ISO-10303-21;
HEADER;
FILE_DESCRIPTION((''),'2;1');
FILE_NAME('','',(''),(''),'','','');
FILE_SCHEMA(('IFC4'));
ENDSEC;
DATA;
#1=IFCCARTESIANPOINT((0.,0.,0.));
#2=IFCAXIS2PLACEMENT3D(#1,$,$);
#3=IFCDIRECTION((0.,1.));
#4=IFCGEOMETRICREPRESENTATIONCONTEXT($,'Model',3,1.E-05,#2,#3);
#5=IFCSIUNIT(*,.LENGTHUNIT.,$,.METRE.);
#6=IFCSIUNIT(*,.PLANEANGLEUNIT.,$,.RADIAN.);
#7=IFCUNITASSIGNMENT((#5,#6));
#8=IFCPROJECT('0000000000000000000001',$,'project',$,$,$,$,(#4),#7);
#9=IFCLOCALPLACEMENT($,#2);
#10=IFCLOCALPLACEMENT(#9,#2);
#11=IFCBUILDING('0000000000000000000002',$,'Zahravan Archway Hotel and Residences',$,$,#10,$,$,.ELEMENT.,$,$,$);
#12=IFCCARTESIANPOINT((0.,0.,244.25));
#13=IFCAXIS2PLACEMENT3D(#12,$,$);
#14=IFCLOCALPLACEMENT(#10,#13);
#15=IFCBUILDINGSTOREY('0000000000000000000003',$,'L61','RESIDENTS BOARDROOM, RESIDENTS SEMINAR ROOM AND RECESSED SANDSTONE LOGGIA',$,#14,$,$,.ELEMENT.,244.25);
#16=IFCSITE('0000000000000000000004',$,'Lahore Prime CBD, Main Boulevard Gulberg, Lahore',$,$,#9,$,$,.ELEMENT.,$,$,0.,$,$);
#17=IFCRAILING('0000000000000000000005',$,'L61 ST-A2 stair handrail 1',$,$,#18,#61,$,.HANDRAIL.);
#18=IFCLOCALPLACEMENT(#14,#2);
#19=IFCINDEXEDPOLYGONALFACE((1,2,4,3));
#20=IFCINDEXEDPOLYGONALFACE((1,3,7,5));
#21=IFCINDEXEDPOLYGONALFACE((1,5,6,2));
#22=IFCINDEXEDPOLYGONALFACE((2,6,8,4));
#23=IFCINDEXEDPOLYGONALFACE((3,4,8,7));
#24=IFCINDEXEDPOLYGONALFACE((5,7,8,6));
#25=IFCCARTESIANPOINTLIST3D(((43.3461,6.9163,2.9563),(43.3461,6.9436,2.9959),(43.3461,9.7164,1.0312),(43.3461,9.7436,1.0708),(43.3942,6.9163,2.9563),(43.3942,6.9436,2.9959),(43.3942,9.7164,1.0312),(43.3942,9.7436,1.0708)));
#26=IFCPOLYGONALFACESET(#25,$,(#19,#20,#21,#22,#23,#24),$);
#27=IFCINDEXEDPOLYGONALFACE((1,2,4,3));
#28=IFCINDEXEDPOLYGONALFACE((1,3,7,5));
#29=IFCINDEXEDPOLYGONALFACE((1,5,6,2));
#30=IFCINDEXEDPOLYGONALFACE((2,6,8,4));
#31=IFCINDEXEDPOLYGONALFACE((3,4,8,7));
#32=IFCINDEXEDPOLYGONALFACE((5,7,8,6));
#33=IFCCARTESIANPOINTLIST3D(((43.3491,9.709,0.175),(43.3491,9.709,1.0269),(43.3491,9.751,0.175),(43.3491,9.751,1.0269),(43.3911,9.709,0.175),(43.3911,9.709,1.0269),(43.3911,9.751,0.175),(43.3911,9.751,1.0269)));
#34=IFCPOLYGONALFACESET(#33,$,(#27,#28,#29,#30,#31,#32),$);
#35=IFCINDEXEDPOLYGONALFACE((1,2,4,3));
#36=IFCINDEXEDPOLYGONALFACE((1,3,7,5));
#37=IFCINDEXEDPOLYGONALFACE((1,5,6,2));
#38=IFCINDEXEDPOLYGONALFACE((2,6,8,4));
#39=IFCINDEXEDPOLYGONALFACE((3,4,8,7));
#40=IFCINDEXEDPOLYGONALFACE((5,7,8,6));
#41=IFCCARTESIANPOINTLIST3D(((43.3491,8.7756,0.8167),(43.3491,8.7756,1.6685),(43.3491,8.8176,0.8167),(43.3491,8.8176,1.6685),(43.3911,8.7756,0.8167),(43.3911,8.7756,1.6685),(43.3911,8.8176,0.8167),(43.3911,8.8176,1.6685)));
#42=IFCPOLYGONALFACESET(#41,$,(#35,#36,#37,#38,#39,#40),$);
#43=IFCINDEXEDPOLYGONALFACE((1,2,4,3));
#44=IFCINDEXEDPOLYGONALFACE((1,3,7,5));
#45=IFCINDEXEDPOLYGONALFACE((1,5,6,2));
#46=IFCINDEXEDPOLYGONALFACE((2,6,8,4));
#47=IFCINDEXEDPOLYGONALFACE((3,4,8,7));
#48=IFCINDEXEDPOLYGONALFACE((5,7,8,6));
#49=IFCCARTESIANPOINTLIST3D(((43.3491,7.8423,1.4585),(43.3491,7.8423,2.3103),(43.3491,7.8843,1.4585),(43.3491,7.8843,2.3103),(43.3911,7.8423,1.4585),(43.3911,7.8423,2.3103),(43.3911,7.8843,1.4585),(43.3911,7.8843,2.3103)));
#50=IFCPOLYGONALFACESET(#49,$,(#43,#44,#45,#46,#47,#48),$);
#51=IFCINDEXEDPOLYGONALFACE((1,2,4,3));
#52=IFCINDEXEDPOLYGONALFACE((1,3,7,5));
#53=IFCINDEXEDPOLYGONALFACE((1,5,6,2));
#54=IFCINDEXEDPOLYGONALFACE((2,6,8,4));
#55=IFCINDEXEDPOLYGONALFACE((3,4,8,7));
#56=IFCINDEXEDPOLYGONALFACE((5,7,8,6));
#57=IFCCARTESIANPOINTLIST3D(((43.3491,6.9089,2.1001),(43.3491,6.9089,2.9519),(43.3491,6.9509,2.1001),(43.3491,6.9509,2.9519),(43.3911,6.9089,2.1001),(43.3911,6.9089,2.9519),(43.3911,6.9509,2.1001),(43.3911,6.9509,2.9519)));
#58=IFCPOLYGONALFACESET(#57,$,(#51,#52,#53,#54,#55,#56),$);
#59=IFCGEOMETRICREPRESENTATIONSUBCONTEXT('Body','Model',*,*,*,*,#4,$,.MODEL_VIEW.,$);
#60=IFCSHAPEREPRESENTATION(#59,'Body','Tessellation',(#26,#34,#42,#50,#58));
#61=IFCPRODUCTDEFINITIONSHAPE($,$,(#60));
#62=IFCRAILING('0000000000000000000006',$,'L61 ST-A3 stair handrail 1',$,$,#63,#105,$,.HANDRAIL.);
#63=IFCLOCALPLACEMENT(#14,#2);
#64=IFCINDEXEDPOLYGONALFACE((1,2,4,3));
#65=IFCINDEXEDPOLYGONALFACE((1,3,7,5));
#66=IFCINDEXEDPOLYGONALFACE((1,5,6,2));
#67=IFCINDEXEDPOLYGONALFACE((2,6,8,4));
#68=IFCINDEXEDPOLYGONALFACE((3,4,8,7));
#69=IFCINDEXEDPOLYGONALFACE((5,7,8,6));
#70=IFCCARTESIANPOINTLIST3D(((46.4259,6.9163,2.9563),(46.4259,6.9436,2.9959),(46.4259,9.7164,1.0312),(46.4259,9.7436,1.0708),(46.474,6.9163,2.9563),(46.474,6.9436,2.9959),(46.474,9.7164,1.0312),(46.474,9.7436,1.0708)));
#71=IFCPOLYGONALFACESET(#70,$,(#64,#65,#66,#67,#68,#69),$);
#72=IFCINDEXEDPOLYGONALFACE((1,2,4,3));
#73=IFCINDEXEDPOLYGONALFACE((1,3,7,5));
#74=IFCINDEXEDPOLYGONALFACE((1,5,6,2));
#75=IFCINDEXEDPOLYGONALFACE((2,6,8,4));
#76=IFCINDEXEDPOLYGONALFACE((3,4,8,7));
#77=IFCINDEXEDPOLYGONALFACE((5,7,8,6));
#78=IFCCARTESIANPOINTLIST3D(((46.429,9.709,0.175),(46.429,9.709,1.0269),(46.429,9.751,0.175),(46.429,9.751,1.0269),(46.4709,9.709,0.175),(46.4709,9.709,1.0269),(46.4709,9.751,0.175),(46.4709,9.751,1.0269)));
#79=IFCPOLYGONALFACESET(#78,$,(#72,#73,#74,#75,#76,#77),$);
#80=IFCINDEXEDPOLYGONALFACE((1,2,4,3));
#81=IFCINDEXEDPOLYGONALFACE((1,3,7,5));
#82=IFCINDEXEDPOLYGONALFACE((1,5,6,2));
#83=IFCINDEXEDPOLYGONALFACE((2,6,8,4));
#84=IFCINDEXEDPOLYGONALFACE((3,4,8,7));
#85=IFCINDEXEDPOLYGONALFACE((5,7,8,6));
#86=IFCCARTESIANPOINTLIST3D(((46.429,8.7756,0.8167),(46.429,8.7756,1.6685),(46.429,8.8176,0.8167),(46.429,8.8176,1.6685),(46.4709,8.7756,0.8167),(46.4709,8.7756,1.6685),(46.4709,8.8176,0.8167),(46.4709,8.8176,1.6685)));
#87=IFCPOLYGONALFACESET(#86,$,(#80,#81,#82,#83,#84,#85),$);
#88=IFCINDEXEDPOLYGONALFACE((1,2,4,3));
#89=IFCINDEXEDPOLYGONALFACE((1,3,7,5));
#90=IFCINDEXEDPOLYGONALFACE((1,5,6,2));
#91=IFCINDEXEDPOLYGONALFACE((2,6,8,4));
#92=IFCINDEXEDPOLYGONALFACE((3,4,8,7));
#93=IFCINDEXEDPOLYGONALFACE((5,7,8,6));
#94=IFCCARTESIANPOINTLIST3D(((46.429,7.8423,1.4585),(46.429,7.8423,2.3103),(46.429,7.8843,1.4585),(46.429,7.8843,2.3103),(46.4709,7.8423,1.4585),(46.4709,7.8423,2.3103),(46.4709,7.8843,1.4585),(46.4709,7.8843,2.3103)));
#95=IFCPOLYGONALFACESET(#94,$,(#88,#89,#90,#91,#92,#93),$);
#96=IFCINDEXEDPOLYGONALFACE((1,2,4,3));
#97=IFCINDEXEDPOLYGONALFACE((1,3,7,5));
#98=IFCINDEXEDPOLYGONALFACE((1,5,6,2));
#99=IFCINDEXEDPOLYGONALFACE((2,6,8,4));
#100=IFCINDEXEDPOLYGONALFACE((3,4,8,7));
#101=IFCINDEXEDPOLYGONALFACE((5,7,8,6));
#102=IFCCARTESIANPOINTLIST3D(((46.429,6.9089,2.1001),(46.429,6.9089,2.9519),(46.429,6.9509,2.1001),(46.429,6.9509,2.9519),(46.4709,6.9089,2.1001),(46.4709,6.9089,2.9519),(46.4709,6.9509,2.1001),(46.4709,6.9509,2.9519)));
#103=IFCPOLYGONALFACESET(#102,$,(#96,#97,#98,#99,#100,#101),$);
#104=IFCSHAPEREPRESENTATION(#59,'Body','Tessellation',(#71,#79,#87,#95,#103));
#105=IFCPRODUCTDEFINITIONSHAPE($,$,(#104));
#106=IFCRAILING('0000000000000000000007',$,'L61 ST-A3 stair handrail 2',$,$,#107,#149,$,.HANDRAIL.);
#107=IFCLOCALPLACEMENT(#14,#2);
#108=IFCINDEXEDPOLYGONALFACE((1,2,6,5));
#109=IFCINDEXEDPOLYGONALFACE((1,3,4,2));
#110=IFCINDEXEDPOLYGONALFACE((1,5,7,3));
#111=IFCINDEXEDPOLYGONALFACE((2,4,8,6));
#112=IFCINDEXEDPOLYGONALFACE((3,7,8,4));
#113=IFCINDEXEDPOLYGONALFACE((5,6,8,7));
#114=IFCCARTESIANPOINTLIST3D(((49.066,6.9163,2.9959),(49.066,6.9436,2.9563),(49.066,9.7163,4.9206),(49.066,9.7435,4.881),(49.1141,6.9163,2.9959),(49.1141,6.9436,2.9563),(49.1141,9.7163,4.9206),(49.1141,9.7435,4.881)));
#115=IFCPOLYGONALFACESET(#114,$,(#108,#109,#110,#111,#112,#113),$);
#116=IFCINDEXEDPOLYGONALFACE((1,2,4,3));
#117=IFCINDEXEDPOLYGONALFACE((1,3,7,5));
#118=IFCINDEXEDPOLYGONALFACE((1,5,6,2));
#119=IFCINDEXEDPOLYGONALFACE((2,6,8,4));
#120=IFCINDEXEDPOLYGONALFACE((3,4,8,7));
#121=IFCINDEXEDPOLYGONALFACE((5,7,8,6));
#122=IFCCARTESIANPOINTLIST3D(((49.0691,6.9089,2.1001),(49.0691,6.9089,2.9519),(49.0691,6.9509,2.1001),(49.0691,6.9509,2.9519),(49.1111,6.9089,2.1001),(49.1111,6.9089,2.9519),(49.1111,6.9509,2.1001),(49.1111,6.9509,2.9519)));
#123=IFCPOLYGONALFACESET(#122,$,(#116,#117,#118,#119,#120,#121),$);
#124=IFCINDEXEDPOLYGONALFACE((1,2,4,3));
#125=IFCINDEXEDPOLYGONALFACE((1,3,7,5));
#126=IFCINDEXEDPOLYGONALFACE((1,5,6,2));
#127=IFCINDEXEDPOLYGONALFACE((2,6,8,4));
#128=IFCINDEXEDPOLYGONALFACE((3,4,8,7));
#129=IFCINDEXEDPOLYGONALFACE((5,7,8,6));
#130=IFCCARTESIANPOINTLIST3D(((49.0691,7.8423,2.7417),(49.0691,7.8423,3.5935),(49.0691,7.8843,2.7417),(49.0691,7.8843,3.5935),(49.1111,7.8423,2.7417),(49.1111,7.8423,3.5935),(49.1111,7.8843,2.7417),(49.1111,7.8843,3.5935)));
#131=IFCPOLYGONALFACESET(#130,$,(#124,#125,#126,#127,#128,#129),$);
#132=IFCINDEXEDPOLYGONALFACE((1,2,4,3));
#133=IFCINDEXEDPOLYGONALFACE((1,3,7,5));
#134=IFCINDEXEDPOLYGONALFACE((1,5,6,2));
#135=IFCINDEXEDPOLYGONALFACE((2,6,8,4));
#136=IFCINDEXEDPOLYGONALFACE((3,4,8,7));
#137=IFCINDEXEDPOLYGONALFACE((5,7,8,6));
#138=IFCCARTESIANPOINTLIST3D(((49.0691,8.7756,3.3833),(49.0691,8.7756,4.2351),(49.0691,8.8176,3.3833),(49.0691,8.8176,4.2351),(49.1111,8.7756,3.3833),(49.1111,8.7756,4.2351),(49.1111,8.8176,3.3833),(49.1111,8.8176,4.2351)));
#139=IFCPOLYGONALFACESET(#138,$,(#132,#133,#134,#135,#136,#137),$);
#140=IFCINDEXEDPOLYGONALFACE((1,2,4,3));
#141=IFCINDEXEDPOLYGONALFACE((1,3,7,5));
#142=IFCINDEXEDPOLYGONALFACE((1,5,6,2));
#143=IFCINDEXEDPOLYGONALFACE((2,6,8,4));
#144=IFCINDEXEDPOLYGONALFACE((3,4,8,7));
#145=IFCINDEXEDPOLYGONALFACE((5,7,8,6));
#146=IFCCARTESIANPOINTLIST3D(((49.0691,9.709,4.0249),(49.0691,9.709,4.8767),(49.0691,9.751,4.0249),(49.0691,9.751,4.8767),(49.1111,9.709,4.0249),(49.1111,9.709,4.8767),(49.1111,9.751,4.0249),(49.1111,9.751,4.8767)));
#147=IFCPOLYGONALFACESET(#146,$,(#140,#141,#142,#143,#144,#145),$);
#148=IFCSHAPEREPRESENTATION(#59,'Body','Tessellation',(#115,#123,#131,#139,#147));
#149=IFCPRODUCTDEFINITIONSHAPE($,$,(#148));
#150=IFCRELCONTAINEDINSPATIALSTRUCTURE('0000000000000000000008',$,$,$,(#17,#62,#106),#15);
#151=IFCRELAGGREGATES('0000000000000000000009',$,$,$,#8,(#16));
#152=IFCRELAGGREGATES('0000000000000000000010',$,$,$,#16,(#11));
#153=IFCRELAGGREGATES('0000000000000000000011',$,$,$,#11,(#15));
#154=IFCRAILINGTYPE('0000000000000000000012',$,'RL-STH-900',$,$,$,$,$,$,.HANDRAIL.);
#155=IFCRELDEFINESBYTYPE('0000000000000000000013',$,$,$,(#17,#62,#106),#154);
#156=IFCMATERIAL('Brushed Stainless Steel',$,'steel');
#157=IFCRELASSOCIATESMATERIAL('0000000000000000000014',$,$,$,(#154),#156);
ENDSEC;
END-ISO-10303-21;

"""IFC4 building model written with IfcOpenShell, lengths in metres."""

from ifc_helpers import new_model, si_unit, direction, frame, origin, origin_2d, place, context, subcontext, project, spatial, rectangle, extrude, material, type_object, element, save


model = new_model("IFC4")

# Units and contexts
model_context = context("Model", 3, precision=1e-05, world=origin(), true_north=direction((0.0, 1.0)))
body_context = subcontext(model_context, "Body", "Model", "MODEL_VIEW")
ifc_project = project(units=[si_unit("LENGTHUNIT", "METRE"), si_unit("PLANEANGLEUNIT", "RADIAN")], contexts=[model_context])

# Site, building, storey
site_placement = place(None, origin())
site = spatial("IfcSite", under=ifc_project, at=site_placement, Name="Lahore Prime CBD, Main Boulevard Gulberg, Lahore", CompositionType="ELEMENT", RefElevation=0.0)
building_placement = place(site_placement, origin())
building = spatial("IfcBuilding", under=site, at=building_placement, Name="Zahravan Archway Hotel and Residences", CompositionType="ELEMENT")
storey_placement = place(building_placement, frame((0.0, 0.0, 244.25)))
storey = spatial("IfcBuildingStorey", under=building, at=storey_placement, Name="L61", Description="RESIDENTS BOARDROOM, RESIDENTS SEMINAR ROOM AND RECESSED SANDSTONE LOGGIA", CompositionType="ELEMENT", Elevation=244.25)

# Railings
ifc_material_1 = material(Name="Brushed Stainless Steel", Category="steel")
railing_type_1 = type_object("IfcRailingType", Name="RL-STH-900", PredefinedType="HANDRAIL", material=ifc_material_1)
for number, where, name in (
    (1, (43.3701, 9.73, 0.175), "L61 ST-A2 stair handrail 1"),
    (2, (46.45, 9.73, 0.175), "L61 ST-A3 stair handrail 1"),
):
    element("IfcRailing", number, at=place(storey_placement, frame(where)), inside=storey, type_object=railing_type_1, Name=name, PredefinedType="HANDRAIL", context=body_context, shape_type="SweptSolid", body=[
        extrude(rectangle(XDim=0.0481, YDim=0.0481, at=origin_2d()), frame((0.0, 0.0, 0.876), z_axis=(0.0, -0.82404, 0.566532), x_axis=(1.0, 0.0, 0.0)), (0.0, 0.0, 1.0), 3.3979),
        extrude(rectangle(XDim=0.042, YDim=0.042, at=origin_2d()), origin(), (0.0, 0.0, 1.0), 0.8518),
        extrude(rectangle(XDim=0.042, YDim=0.042, at=origin_2d()), frame((0.0, -0.9333, 0.6416)), (0.0, 0.0, 1.0), 0.8518),
        extrude(rectangle(XDim=0.042, YDim=0.042, at=origin_2d()), frame((0.0, -1.8667, 1.2834)), (0.0, 0.0, 1.0), 0.8518),
        extrude(rectangle(XDim=0.042, YDim=0.042, at=origin_2d()), frame((0.0, -2.8, 1.925)), (0.0, 0.0, 1.0), 0.8518),
    ])
railing_1_placement = place(storey_placement, frame((49.0901, 6.9299, 2.1001)))
element("IfcRailing", 3, at=railing_1_placement, inside=storey, type_object=railing_type_1, Name="L61 ST-A3 stair handrail 2", PredefinedType="HANDRAIL", context=body_context, shape_type="SweptSolid", body=[
    extrude(rectangle(XDim=0.0481, YDim=0.0481, at=origin_2d()), frame((0.0, 0.0, 0.876), z_axis=(0.0, 0.824073, 0.566483), x_axis=(-1.0, 0.0, 0.0)), (0.0, 0.0, 1.0), 3.3977),
    extrude(rectangle(XDim=0.042, YDim=0.042, at=origin_2d()), origin(), (0.0, 0.0, 1.0), 0.8518),
    extrude(rectangle(XDim=0.042, YDim=0.042, at=origin_2d()), frame((0.0, 0.9333, 0.6416)), (0.0, 0.0, 1.0), 0.8518),
    extrude(rectangle(XDim=0.042, YDim=0.042, at=origin_2d()), frame((0.0, 1.8667, 1.2832)), (0.0, 0.0, 1.0), 0.8518),
    extrude(rectangle(XDim=0.042, YDim=0.042, at=origin_2d()), frame((0.0, 2.8, 1.9248)), (0.0, 0.0, 1.0), 0.8518),
])

save(model, "model.ifc")
